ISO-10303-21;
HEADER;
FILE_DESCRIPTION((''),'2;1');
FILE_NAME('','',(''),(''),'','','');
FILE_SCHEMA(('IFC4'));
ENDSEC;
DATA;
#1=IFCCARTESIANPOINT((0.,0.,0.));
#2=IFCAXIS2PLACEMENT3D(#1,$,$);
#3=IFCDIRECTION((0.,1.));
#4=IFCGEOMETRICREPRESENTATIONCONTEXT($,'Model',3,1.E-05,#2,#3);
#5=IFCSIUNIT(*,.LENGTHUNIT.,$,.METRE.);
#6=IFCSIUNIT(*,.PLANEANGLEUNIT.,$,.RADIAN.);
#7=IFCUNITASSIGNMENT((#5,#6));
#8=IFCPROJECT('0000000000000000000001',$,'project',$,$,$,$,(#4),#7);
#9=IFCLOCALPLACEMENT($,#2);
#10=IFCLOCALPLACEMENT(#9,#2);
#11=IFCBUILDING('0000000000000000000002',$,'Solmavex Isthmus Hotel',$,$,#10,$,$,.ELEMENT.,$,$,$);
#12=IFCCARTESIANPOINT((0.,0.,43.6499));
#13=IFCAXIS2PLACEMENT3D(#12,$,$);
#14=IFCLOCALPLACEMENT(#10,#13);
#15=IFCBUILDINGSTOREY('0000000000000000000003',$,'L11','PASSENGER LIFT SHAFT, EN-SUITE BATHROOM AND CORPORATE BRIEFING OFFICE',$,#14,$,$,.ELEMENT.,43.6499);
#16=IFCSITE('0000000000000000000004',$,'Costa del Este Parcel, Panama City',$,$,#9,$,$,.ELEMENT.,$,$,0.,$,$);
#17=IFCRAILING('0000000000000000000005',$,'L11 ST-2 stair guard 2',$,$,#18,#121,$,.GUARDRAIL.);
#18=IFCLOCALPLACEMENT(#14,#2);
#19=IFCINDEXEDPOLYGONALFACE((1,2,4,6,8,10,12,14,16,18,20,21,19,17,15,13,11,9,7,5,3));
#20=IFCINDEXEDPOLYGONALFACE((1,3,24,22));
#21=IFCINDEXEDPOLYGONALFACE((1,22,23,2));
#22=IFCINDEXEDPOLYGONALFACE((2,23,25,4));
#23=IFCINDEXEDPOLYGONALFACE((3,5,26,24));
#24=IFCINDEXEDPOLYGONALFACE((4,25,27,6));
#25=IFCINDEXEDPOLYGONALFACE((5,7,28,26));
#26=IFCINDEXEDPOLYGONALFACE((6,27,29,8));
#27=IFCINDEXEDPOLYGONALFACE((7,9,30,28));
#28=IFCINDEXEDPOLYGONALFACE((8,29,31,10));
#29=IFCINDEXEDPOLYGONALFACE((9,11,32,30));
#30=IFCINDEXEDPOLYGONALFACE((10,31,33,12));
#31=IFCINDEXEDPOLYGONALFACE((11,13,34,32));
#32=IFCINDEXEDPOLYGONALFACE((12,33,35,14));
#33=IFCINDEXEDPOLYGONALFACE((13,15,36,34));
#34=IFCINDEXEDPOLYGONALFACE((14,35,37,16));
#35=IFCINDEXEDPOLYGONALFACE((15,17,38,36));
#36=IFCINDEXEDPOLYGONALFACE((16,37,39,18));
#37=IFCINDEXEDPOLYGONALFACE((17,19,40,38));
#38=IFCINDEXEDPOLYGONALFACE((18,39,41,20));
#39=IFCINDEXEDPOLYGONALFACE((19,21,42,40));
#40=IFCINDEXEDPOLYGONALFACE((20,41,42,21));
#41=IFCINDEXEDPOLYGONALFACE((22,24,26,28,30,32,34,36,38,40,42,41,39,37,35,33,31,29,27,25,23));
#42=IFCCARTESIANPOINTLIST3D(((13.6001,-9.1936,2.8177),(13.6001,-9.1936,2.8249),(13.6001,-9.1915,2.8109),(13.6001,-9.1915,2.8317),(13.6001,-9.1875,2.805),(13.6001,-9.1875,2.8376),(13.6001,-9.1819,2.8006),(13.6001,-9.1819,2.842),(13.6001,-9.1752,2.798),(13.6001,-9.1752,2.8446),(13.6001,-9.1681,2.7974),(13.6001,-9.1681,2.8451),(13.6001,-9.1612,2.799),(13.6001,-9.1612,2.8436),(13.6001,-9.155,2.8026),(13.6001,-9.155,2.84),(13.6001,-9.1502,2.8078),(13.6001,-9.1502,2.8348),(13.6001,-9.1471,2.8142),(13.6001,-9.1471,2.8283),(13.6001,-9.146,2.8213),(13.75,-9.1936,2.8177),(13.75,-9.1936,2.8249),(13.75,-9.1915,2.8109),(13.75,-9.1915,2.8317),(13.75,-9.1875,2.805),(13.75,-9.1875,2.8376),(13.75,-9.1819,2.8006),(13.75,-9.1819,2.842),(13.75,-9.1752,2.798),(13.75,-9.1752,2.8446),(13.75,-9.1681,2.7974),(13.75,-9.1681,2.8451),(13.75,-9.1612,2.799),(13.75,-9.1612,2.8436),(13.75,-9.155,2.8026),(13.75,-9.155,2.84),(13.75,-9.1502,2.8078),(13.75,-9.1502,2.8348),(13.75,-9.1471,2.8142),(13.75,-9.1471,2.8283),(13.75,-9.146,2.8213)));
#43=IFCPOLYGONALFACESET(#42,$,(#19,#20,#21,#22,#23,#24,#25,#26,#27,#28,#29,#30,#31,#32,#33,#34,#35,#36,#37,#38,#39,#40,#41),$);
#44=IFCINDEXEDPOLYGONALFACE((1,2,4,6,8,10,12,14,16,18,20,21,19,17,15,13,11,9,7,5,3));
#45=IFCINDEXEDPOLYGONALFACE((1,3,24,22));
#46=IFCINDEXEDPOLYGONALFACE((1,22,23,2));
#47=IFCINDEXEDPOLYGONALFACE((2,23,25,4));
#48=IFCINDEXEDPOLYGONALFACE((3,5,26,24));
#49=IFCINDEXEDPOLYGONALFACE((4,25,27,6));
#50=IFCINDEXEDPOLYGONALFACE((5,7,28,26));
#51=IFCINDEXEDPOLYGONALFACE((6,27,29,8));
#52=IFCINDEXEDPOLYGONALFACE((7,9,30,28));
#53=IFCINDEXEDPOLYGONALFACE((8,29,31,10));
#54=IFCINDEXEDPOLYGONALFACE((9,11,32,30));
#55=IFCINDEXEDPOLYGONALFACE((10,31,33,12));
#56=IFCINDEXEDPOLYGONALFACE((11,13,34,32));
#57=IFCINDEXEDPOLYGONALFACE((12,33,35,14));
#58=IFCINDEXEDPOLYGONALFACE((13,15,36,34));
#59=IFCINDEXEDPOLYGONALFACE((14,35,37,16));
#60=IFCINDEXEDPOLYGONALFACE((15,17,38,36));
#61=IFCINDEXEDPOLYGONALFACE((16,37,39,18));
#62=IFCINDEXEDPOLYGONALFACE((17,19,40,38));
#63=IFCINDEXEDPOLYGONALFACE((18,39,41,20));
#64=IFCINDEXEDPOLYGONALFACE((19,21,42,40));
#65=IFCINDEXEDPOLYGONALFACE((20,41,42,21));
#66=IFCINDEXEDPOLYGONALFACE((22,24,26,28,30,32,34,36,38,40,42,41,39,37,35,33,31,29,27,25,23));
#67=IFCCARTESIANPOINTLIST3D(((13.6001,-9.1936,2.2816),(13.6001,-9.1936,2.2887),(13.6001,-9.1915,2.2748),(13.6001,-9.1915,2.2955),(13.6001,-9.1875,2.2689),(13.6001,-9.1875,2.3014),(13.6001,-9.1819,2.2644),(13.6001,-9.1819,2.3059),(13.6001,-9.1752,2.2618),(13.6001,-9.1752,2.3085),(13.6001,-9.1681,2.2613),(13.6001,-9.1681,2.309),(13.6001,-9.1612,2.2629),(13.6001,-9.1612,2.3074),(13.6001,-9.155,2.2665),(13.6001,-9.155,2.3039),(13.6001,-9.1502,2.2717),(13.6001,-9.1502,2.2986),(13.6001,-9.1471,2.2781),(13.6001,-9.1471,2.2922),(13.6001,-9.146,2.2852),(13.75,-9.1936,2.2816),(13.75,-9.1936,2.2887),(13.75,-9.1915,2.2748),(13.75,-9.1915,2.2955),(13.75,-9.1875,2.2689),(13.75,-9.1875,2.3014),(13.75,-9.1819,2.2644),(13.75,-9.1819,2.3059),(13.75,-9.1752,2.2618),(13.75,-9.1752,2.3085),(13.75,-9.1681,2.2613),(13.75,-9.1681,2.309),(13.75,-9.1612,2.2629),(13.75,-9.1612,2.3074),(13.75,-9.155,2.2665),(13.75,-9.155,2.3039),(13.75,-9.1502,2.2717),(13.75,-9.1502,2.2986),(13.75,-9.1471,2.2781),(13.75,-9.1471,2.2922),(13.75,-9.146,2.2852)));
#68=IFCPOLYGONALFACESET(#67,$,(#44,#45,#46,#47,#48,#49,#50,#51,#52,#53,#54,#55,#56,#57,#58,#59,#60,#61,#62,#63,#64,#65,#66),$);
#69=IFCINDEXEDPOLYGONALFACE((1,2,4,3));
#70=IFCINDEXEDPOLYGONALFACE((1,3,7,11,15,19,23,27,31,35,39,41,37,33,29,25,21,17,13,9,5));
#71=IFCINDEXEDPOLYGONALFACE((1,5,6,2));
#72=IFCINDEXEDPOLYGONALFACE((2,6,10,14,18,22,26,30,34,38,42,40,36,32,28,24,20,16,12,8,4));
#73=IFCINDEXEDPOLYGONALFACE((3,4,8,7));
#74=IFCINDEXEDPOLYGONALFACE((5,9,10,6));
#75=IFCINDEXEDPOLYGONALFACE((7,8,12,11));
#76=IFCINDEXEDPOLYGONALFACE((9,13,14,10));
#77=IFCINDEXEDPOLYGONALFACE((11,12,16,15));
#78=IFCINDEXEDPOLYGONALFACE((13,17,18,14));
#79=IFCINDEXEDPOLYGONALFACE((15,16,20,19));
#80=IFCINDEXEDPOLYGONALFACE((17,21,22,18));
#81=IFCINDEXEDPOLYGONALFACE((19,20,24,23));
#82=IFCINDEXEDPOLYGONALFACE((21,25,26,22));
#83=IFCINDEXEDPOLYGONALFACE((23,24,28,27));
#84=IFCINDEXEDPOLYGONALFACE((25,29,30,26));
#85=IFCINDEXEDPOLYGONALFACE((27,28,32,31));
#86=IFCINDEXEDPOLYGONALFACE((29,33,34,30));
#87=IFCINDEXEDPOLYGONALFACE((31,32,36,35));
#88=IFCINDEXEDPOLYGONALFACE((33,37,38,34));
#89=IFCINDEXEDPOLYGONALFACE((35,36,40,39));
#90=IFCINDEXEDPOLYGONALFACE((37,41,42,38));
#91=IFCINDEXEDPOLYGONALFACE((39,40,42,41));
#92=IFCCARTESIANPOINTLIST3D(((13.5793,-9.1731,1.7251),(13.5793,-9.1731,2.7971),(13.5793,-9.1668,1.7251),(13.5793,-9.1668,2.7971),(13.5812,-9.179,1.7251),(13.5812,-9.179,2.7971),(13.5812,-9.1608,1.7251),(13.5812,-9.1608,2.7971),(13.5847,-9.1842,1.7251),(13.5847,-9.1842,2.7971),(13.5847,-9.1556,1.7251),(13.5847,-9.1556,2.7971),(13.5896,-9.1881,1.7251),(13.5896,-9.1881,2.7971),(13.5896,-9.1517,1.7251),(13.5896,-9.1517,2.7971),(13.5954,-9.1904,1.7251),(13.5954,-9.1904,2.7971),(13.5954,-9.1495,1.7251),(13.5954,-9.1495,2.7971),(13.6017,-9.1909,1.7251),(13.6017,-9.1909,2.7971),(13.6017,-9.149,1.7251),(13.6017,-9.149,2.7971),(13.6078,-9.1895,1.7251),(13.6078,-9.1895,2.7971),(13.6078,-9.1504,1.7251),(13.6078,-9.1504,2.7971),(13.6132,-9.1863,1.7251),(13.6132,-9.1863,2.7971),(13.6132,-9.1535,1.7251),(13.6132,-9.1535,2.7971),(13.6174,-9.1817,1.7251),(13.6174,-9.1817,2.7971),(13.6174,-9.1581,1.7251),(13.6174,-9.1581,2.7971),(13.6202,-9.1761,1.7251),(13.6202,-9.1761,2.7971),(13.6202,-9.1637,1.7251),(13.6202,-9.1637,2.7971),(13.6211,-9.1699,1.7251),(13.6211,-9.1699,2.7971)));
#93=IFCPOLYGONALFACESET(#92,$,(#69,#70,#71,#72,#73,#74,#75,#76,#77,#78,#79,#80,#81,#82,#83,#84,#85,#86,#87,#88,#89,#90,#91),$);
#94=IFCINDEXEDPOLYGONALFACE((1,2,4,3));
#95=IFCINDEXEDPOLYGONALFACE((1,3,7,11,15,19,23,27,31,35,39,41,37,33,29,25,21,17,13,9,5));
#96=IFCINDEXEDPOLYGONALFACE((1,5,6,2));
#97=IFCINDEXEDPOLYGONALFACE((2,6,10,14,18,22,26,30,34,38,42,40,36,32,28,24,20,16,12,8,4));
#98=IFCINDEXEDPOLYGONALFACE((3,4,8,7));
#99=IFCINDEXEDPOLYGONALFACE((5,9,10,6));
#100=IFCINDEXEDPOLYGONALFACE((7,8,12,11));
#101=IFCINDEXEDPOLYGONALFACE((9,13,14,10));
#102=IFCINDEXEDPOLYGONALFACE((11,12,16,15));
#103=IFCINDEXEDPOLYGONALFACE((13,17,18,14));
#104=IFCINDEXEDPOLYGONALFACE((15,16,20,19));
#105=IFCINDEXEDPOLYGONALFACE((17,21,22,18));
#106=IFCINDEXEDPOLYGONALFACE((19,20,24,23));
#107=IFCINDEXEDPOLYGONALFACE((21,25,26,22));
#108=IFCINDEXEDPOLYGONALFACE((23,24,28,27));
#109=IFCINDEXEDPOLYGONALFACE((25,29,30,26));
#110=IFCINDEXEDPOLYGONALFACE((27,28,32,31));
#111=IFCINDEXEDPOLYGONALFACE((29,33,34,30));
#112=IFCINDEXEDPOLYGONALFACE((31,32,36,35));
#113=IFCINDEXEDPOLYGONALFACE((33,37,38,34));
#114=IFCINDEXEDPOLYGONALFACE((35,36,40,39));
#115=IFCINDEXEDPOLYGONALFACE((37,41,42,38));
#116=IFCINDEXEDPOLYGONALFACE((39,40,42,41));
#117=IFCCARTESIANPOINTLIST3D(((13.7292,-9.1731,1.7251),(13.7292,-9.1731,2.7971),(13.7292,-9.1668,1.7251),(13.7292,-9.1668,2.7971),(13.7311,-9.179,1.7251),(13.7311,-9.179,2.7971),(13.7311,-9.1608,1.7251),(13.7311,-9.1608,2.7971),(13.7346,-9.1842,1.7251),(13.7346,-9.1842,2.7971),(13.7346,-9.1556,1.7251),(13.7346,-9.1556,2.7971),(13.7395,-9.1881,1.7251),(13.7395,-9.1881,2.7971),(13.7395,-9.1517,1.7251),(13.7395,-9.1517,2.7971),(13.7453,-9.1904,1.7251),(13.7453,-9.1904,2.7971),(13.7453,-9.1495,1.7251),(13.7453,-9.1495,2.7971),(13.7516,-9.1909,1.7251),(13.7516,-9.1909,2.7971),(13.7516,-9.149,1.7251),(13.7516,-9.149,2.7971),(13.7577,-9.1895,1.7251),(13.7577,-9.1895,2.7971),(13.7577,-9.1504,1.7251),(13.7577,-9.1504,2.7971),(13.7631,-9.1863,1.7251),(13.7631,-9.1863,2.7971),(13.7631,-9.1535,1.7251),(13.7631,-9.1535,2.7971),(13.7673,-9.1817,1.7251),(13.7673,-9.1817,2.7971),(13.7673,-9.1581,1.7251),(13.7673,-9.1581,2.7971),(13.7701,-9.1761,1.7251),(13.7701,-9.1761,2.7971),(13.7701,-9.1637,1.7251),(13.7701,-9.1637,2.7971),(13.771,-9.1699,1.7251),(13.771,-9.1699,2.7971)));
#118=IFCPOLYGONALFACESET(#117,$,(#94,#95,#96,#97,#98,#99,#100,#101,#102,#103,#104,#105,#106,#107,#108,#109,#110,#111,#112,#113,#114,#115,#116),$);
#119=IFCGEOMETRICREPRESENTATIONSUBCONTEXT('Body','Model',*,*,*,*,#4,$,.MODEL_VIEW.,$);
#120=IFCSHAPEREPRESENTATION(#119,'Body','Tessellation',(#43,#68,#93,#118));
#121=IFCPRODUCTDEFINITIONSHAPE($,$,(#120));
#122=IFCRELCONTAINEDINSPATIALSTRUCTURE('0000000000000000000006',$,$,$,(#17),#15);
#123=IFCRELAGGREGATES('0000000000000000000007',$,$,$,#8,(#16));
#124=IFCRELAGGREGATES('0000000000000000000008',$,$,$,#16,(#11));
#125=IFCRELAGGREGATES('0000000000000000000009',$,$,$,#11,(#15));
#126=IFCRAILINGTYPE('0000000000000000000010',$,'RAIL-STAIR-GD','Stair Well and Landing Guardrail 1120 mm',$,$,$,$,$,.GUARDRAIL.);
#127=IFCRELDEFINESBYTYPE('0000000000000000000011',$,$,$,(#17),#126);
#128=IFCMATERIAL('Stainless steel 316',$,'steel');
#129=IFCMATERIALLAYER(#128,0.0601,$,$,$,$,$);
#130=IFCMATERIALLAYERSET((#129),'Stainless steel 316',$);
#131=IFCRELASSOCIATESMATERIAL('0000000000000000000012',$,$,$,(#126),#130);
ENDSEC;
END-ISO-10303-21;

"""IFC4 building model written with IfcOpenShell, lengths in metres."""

from ifc_helpers import new_model, si_unit, direction, frame, origin, origin_2d, place, context, subcontext, project, spatial, circle, extrude, material, layer, layer_set, type_object, element, save


model = new_model("IFC4")

# Units and contexts
model_context = context("Model", 3, precision=1e-05, world=origin(), true_north=direction((0.0, 1.0)))
body_context = subcontext(model_context, "Body", "Model", "MODEL_VIEW")
ifc_project = project(units=[si_unit("LENGTHUNIT", "METRE"), si_unit("PLANEANGLEUNIT", "RADIAN")], contexts=[model_context])

# Site, building, storey
site_placement = place(None, origin())
site = spatial("IfcSite", under=ifc_project, at=site_placement, Name="Costa del Este Parcel, Panama City", CompositionType="ELEMENT", RefElevation=0.0)
building_placement = place(site_placement, origin())
building = spatial("IfcBuilding", under=site, at=building_placement, Name="Solmavex Isthmus Hotel", CompositionType="ELEMENT")
storey_placement = place(building_placement, frame((0.0, 0.0, 43.6499)))
storey = spatial("IfcBuildingStorey", under=building, at=storey_placement, Name="L11", Description="PASSENGER LIFT SHAFT, EN-SUITE BATHROOM AND CORPORATE BRIEFING OFFICE", CompositionType="ELEMENT", Elevation=43.6499)

# Railing
ifc_material_1 = material(Name="Stainless steel 316", Category="steel")
ifc_layer_1 = layer(ifc_material_1, 0.0601)
ifc_layer_set_1 = layer_set([ifc_layer_1], Name="Stainless steel 316")
railing_type_1 = type_object("IfcRailingType", Name="RAIL-STAIR-GD", Description="Stair Well and Landing Guardrail 1120 mm", PredefinedType="GUARDRAIL", material=ifc_layer_set_1)
railing_1_placement = place(storey_placement, frame((13.6001, -9.1699, 1.7251)))
element("IfcRailing", 1, at=railing_1_placement, inside=storey, type_object=railing_type_1, Name="L11 ST-2 stair guard 2", PredefinedType="GUARDRAIL", context=body_context, shape_type="SweptSolid", body=[
    extrude(circle(Radius=0.0239, at=origin_2d()), frame((0.0, 0.0, 1.0962), z_axis=(1.0, 0.0, 0.0), x_axis=(0.0, 1.0, 0.0)), (0.0, 0.0, 1.0), 0.1499),
    extrude(circle(Radius=0.0239, at=origin_2d()), frame((0.0, 0.0, 0.5601), z_axis=(1.0, 0.0, 0.0), x_axis=(0.0, 1.0, 0.0)), (0.0, 0.0, 1.0), 0.1499),
    extrude(circle(Radius=0.021, at=origin_2d()), origin(), (0.0, 0.0, 1.0), 1.072),
    extrude(circle(Radius=0.021, at=origin_2d()), frame((0.1499, 0.0, 0.0)), (0.0, 0.0, 1.0), 1.072),
])

save(model, "model.ifc")
